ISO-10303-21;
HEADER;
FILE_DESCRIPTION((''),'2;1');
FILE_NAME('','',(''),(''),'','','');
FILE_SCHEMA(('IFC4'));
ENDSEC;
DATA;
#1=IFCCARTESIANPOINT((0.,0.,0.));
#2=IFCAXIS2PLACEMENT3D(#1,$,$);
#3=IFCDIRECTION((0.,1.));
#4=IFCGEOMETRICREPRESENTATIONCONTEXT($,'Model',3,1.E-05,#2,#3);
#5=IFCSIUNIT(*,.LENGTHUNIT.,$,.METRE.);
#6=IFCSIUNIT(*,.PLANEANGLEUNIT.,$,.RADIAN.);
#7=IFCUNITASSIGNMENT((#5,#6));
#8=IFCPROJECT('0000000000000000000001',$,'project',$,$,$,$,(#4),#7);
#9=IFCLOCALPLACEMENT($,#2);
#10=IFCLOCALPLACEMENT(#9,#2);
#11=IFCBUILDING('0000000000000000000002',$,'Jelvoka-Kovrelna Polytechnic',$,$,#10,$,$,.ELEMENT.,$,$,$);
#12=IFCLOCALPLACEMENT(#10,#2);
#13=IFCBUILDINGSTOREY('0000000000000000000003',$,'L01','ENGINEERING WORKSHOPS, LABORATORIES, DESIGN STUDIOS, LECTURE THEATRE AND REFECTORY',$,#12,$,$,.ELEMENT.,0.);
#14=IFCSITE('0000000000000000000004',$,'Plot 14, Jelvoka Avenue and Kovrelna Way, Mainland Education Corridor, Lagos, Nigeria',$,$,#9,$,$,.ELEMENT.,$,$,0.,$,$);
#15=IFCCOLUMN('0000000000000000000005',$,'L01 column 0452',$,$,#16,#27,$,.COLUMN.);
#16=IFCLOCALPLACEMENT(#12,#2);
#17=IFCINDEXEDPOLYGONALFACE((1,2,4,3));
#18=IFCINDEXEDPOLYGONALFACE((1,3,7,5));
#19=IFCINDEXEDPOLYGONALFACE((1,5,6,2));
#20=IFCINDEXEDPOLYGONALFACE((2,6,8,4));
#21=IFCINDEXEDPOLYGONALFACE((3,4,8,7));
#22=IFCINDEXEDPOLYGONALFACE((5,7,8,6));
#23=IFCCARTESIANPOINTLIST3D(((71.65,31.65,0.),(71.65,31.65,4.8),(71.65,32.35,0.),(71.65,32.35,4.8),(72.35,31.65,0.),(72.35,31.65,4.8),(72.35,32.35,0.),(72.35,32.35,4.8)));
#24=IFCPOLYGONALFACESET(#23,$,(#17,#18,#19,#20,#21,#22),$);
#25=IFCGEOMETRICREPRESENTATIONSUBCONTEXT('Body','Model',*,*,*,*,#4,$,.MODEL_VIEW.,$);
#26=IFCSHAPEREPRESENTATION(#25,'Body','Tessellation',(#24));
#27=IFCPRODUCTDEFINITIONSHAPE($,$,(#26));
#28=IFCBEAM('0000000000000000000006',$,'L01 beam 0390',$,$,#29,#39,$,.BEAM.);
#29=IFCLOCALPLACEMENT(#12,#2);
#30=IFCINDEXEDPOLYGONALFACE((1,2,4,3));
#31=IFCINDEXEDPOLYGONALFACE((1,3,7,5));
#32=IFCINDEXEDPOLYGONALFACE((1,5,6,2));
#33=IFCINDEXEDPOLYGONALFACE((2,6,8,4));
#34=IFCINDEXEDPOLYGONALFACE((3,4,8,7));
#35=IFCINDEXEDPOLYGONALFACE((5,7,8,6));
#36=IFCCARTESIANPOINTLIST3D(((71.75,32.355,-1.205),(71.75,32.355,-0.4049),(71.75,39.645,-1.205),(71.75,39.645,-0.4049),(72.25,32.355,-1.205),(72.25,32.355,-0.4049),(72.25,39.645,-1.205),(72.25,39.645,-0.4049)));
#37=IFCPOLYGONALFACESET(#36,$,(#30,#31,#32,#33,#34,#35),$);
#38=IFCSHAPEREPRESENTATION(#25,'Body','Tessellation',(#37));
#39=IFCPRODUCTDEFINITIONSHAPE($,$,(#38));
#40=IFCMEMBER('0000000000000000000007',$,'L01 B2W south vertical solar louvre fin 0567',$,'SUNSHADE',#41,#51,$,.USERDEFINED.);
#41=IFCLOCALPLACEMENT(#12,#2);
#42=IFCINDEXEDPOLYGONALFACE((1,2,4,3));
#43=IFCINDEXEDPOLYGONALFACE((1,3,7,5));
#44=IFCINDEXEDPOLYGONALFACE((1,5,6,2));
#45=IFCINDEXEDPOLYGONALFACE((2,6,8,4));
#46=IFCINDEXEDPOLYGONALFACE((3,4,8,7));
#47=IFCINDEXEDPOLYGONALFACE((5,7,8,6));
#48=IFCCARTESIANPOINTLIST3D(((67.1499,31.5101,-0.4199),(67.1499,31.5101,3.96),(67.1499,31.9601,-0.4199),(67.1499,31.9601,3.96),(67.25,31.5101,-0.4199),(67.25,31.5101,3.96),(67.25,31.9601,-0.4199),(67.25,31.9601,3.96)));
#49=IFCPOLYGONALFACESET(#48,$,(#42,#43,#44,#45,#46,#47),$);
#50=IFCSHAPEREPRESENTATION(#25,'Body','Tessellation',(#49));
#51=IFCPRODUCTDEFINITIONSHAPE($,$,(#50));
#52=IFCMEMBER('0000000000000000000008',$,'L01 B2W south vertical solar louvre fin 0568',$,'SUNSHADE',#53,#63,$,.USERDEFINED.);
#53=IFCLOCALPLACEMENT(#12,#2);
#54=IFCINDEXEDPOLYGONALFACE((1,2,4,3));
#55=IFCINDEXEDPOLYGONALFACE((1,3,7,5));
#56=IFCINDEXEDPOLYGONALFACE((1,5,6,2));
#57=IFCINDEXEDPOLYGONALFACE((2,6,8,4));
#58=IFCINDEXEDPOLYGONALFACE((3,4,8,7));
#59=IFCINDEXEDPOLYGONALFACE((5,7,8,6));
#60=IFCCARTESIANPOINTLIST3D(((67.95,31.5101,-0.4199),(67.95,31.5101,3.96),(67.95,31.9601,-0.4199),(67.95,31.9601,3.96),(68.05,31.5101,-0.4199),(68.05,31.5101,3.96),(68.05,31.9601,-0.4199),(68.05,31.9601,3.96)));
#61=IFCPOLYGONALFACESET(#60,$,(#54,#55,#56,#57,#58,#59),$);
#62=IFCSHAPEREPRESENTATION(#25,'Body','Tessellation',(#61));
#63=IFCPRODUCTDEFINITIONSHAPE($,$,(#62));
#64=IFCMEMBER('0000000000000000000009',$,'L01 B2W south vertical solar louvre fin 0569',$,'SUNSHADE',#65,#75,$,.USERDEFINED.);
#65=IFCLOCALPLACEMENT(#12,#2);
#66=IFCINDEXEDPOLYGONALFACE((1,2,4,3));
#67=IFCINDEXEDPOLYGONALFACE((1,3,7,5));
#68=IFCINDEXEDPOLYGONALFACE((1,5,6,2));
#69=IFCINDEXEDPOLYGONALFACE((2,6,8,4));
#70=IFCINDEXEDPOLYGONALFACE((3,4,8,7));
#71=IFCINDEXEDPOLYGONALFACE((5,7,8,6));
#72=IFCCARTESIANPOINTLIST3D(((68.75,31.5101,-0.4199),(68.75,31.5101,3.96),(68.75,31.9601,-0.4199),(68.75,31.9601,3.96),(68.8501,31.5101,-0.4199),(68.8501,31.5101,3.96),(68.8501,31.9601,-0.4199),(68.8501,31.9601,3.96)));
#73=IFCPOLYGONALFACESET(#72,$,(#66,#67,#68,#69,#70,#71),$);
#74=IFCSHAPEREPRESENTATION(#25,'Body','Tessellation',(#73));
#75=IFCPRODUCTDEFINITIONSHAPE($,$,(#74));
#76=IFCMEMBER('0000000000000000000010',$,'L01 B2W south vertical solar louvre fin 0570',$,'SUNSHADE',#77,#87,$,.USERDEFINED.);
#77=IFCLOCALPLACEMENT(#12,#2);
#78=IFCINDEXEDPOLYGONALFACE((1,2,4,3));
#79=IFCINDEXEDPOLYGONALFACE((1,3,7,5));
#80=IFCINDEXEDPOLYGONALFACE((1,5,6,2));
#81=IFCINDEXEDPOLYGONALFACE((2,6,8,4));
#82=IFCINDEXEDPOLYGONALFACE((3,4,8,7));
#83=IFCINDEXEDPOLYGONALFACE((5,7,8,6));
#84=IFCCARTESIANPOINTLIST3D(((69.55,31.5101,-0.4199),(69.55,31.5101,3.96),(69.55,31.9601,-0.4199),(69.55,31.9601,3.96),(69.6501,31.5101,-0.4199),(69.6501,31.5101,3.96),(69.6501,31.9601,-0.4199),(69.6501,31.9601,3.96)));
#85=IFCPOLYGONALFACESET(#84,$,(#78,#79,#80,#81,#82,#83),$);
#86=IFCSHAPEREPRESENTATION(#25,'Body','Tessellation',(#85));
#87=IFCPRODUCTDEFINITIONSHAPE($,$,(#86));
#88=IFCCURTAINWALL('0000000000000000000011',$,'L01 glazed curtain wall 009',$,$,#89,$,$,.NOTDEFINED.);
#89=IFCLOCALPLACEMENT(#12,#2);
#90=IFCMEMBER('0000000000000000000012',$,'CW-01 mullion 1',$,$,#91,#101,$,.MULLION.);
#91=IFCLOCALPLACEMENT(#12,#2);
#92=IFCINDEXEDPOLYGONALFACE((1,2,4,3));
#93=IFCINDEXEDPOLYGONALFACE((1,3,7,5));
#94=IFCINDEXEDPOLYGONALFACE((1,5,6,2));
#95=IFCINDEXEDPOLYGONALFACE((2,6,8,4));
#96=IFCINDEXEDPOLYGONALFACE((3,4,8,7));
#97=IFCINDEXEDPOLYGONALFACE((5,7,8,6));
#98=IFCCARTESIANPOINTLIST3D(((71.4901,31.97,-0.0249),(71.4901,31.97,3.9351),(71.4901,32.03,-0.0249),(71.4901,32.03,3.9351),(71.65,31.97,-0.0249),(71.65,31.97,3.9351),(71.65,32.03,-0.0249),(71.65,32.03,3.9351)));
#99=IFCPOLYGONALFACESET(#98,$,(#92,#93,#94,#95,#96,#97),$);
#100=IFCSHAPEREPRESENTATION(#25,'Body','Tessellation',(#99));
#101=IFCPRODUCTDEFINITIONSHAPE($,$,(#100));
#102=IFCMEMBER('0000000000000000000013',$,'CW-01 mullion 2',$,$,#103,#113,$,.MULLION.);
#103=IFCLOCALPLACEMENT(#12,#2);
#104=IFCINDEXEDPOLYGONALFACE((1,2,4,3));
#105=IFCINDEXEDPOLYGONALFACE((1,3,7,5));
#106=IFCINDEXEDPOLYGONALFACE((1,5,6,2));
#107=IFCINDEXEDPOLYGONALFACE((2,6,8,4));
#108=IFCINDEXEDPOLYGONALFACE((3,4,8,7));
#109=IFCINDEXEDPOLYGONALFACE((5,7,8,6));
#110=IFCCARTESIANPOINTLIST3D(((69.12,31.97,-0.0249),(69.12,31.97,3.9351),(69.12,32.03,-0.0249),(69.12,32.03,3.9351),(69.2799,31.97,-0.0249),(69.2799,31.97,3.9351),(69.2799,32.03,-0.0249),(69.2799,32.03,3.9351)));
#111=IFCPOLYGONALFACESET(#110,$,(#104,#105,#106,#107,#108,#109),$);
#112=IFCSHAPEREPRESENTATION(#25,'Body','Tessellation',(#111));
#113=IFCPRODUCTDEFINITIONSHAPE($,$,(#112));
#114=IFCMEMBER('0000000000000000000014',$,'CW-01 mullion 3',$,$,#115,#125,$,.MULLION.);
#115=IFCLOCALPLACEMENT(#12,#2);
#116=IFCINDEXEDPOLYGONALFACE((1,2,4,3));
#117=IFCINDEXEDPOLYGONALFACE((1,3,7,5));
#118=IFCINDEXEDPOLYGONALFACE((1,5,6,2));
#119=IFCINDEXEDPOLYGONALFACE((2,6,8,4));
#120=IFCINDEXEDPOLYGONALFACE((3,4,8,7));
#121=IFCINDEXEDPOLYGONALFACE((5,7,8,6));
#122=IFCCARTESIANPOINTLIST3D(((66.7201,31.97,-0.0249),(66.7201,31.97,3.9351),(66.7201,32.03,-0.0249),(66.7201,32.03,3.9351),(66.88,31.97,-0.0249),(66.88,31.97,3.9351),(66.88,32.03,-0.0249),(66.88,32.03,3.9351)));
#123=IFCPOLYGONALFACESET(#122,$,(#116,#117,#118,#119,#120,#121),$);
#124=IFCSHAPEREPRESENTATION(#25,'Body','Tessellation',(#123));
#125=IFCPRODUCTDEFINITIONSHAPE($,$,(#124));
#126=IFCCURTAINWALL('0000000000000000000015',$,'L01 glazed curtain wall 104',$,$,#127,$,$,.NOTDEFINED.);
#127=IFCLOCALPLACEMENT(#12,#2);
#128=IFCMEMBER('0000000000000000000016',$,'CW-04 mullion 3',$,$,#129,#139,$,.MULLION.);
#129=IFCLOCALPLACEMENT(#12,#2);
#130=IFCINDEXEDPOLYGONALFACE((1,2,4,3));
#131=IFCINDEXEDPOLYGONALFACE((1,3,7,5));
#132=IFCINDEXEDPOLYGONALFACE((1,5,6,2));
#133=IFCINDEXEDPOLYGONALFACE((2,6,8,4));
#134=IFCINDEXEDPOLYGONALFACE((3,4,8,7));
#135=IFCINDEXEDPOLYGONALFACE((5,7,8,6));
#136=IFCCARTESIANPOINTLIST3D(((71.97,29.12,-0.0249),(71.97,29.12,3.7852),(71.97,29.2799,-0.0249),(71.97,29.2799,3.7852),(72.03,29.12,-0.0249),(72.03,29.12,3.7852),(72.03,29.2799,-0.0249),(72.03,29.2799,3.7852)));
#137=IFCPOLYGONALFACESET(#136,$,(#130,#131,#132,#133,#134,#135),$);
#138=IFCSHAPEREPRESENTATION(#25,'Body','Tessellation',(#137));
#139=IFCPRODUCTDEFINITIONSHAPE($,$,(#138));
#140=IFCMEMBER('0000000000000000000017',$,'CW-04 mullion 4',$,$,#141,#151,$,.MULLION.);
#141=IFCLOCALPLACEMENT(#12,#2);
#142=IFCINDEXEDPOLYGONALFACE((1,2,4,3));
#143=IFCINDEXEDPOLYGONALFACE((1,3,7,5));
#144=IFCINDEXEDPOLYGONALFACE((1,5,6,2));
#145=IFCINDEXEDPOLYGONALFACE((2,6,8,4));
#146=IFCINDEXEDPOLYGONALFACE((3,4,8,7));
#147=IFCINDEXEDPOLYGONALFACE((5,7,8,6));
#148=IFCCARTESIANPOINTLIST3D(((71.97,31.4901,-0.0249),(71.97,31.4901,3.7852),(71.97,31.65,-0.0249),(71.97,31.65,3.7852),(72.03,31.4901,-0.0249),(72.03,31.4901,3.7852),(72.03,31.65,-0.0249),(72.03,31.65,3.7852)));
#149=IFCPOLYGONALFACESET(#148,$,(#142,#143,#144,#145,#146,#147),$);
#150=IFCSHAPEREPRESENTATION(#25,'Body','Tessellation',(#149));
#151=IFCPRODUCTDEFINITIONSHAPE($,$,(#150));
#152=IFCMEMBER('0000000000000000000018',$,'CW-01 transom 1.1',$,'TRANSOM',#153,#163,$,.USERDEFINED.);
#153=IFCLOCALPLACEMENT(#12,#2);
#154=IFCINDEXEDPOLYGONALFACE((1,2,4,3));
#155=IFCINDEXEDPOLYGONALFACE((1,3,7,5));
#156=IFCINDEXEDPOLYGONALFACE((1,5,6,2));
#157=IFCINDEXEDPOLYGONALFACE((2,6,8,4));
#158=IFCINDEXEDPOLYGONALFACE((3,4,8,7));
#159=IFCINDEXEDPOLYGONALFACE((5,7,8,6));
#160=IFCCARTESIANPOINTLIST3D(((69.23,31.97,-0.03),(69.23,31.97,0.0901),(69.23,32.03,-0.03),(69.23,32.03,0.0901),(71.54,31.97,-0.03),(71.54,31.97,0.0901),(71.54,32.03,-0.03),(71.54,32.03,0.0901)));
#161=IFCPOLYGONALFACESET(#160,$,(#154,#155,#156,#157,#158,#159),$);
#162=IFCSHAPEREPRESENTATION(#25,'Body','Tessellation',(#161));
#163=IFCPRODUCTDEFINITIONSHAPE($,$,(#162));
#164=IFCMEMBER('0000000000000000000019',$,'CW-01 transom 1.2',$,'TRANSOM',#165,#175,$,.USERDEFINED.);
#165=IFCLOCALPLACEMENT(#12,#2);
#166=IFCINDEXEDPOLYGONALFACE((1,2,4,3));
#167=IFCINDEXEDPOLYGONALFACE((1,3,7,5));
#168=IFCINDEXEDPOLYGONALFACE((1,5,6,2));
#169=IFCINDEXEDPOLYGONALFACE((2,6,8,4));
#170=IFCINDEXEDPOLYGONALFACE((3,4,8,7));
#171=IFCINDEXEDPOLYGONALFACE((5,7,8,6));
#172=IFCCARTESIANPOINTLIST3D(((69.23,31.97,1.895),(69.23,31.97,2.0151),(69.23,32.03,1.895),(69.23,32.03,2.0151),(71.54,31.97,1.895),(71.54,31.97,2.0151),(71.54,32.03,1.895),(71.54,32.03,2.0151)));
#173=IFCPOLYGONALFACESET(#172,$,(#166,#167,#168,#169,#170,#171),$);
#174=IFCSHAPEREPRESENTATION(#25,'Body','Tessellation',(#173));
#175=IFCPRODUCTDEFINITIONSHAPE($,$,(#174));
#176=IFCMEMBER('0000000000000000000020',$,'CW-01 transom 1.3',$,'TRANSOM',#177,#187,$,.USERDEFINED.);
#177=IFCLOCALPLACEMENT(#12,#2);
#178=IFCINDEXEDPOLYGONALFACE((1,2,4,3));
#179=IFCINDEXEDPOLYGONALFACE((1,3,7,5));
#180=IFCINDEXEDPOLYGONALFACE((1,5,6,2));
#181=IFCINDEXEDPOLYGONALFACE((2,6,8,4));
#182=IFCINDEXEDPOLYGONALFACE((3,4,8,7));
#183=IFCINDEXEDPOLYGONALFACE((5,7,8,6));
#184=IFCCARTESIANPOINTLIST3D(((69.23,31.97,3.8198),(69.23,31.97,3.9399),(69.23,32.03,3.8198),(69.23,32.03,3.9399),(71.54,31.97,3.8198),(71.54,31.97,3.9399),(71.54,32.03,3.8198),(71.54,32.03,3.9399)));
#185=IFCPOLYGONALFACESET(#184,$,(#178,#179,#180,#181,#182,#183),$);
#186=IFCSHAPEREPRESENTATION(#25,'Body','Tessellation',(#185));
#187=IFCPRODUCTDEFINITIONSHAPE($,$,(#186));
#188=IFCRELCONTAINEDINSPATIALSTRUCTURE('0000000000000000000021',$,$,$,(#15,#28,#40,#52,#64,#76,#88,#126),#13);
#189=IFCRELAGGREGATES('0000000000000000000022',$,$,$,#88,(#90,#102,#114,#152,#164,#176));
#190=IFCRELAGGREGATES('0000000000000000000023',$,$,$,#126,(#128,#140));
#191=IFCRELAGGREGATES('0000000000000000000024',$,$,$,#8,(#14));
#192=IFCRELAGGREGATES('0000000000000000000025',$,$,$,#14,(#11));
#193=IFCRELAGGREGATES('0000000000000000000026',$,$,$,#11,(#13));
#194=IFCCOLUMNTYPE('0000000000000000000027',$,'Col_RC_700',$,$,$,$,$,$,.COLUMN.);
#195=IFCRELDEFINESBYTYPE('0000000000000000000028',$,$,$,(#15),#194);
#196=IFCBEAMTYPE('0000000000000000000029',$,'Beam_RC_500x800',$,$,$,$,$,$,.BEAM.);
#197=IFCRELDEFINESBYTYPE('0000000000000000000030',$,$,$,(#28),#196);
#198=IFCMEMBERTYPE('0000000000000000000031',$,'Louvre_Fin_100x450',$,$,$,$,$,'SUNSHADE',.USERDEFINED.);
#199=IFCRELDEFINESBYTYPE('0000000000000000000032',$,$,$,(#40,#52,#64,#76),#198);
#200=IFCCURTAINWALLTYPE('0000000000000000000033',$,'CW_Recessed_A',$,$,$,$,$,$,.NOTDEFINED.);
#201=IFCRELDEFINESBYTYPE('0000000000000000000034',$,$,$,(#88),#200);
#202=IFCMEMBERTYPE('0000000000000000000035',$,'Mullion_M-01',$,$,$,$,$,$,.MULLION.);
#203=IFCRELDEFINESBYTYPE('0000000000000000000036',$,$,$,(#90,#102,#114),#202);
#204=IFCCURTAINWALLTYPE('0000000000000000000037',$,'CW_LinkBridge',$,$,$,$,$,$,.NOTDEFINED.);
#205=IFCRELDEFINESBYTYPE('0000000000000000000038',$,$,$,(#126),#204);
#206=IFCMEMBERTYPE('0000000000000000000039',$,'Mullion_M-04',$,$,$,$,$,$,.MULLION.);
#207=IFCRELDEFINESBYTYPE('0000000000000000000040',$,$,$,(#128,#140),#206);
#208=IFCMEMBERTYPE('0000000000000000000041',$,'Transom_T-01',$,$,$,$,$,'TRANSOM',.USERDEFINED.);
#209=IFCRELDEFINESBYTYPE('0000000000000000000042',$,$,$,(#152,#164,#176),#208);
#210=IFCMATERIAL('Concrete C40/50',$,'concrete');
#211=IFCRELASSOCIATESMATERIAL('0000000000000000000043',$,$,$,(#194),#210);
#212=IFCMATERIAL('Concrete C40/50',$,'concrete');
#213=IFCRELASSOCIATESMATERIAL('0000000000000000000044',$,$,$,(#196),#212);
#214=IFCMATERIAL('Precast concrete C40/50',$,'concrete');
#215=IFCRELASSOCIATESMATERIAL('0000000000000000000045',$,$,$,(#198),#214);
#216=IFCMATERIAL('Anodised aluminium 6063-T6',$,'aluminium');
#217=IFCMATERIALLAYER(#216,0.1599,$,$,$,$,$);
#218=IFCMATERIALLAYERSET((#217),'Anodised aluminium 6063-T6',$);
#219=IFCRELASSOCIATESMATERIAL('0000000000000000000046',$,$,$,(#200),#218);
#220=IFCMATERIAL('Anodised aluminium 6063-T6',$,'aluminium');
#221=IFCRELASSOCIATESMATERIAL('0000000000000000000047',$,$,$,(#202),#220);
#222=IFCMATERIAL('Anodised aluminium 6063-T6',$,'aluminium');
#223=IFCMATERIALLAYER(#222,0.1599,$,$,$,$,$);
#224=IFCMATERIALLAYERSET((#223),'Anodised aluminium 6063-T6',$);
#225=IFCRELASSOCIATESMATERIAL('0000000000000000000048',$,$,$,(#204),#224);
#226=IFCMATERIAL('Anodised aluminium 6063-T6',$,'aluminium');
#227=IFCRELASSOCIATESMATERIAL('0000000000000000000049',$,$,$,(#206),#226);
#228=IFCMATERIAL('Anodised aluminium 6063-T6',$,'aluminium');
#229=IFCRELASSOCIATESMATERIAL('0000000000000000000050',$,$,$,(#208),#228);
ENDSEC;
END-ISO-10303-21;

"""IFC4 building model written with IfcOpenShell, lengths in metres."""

from ifc_helpers import new_model, si_unit, direction, frame, origin, origin_2d, place, context, subcontext, project, spatial, rectangle, extrude, material, layer, layer_set, material_profile, profile_set, type_object, element, aggregate, save


model = new_model("IFC4")

# Units and contexts
model_context = context("Model", 3, precision=1e-05, world=origin(), true_north=direction((0.0, 1.0)))
body_context = subcontext(model_context, "Body", "Model", "MODEL_VIEW")
ifc_project = project(units=[si_unit("LENGTHUNIT", "METRE"), si_unit("PLANEANGLEUNIT", "RADIAN")], contexts=[model_context])

# Site, building, storey
site_placement = place(None, origin())
site = spatial("IfcSite", under=ifc_project, at=site_placement, Name="Plot 14, Jelvoka Avenue and Kovrelna Way, Mainland Education Corridor, Lagos, Nigeria", CompositionType="ELEMENT", RefElevation=0.0)
building_placement = place(site_placement, origin())
building = spatial("IfcBuilding", under=site, at=building_placement, Name="Jelvoka-Kovrelna Polytechnic", CompositionType="ELEMENT")
storey_placement = place(building_placement, origin())
storey = spatial("IfcBuildingStorey", under=building, at=storey_placement, Name="L01", Description="ENGINEERING WORKSHOPS, LABORATORIES, DESIGN STUDIOS, LECTURE THEATRE AND REFECTORY", CompositionType="ELEMENT", Elevation=0.0)

# Column
ifc_material_1 = material(Name="Concrete C40/50", Category="concrete")
ifc_material_profile_1 = material_profile(ifc_material_1, rectangle(XDim=0.7, YDim=0.7, at=origin_2d()), Name="RC 700x700")
ifc_profile_set_1 = profile_set([ifc_material_profile_1], Name="Concrete C40/50")
column_type = type_object("IfcColumnType", Name="Col_RC_700", PredefinedType="COLUMN", material=ifc_profile_set_1)
column_placement = place(storey_placement, frame((72.0, 32.0, 0.0), z_axis=(0.0, 0.0, 1.0), x_axis=(1.0, 0.0, 0.0)))
element("IfcColumn", 1, at=column_placement, inside=storey, type_object=column_type, Name="L01 column 0452", PredefinedType="COLUMN", context=body_context, shape_type="SweptSolid", body=[
    extrude(rectangle(XDim=0.7, YDim=0.7, at=origin_2d()), origin(), (0.0, 0.0, 1.0), 4.8),
])

# Beam
ifc_material_2 = material(Name="Concrete C40/50", Category="concrete")
ifc_material_profile_2 = material_profile(ifc_material_2, rectangle(XDim=0.5, YDim=0.8, at=origin_2d()), Name="RC 500x800")
ifc_profile_set_2 = profile_set([ifc_material_profile_2], Name="Concrete C40/50")
beam_type = type_object("IfcBeamType", Name="Beam_RC_500x800", PredefinedType="BEAM", material=ifc_profile_set_2)
beam_placement = place(storey_placement, frame((72.0, 32.355, -0.8049), z_axis=(0.0, 1.0, 0.0), x_axis=(-1.0, 0.0, 0.0)))
element("IfcBeam", 2, at=beam_placement, inside=storey, type_object=beam_type, Name="L01 beam 0390", PredefinedType="BEAM", context=body_context, shape_type="SweptSolid", body=[
    extrude(rectangle(XDim=0.5, YDim=0.8, at=origin_2d()), origin(), (0.0, 0.0, 1.0), 7.29),
])

# Members
ifc_material_3 = material(Name="Precast concrete C40/50", Category="concrete")
ifc_material_profile_3 = material_profile(ifc_material_3, rectangle(XDim=0.1001, YDim=0.45, at=origin_2d()), Name="PC 100x450")
ifc_profile_set_3 = profile_set([ifc_material_profile_3], Name="Precast concrete C40/50")
member_type_1 = type_object("IfcMemberType", Name="Louvre_Fin_100x450", ElementType="SUNSHADE", PredefinedType="USERDEFINED", material=ifc_profile_set_3)
for number, where, z_axis, x_axis, name in (
    (3, (67.2, 31.7351, -0.4199), (0.0, 0.0, 1.0), (1.0, 0.0, 0.0), "L01 B2W south vertical solar louvre fin 0567"),
    (4, (68.0, 31.7351, -0.4199), (0.0, 0.0, 1.0), (1.0, 0.0, 0.0), "L01 B2W south vertical solar louvre fin 0568"),
    (5, (68.8, 31.7351, -0.4199), (0.0, 0.0, 1.0), (1.0, 0.0, 0.0), "L01 B2W south vertical solar louvre fin 0569"),
    (6, (69.6001, 31.7351, -0.4199), (0.0, 0.0, 1.0), (1.0, 0.0, 0.0), "L01 B2W south vertical solar louvre fin 0570"),
):
    element("IfcMember", number, at=place(storey_placement, frame(where, z_axis=z_axis, x_axis=x_axis)), inside=storey, type_object=member_type_1, Name=name, ObjectType="SUNSHADE", PredefinedType="USERDEFINED", context=body_context, shape_type="SweptSolid", body=[
        extrude(rectangle(XDim=0.1001, YDim=0.45, at=origin_2d()), origin(), (0.0, 0.0, 1.0), 4.3799),
    ])

# Curtain walls, members
ifc_material_4 = material(Name="Anodised aluminium 6063-T6", Category="aluminium")
ifc_layer_1 = layer(ifc_material_4, 0.1599)
ifc_layer_set_1 = layer_set([ifc_layer_1], Name="Anodised aluminium 6063-T6")
curtain_wall_type_1 = type_object("IfcCurtainWallType", Name="CW_Recessed_A", PredefinedType="NOTDEFINED", material=ifc_layer_set_1)
curtain_wall_1_placement = place(storey_placement, origin())
curtain_wall_1 = element("IfcCurtainWall", 7, at=curtain_wall_1_placement, inside=storey, type_object=curtain_wall_type_1, Name="L01 glazed curtain wall 009", PredefinedType="NOTDEFINED")
ifc_material_5 = material(Name="Anodised aluminium 6063-T6", Category="aluminium")
ifc_material_profile_4 = material_profile(ifc_material_5, rectangle(XDim=0.0601, YDim=0.1599, at=origin_2d()), Name="ALU 60x160")
ifc_profile_set_4 = profile_set([ifc_material_profile_4], Name="Anodised aluminium 6063-T6")
member_type_2 = type_object("IfcMemberType", Name="Mullion_M-01", PredefinedType="MULLION", material=ifc_profile_set_4)
member_1_placement = place(storey_placement, frame((71.5701, 32.0, -0.0249), z_axis=(0.0, 0.0, 1.0), x_axis=(0.0, -1.0, 0.0)))
member_1 = element("IfcMember", 8, at=member_1_placement, type_object=member_type_2, Name="CW-01 mullion 1", PredefinedType="MULLION", context=body_context, shape_type="SweptSolid", body=[
    extrude(rectangle(XDim=0.0601, YDim=0.1599, at=origin_2d()), origin(), (0.0, 0.0, 1.0), 3.96),
])
member_2_placement = place(storey_placement, frame((69.2, 32.0, -0.0249), z_axis=(0.0, 0.0, 1.0), x_axis=(0.0, -1.0, 0.0)))
member_2 = element("IfcMember", 9, at=member_2_placement, type_object=member_type_2, Name="CW-01 mullion 2", PredefinedType="MULLION", context=body_context, shape_type="SweptSolid", body=[
    extrude(rectangle(XDim=0.0601, YDim=0.1599, at=origin_2d()), origin(), (0.0, 0.0, 1.0), 3.96),
])
member_3_placement = place(storey_placement, frame((66.8, 32.0, -0.0249), z_axis=(0.0, 0.0, 1.0), x_axis=(0.0, -1.0, 0.0)))
member_3 = element("IfcMember", 10, at=member_3_placement, type_object=member_type_2, Name="CW-01 mullion 3", PredefinedType="MULLION", context=body_context, shape_type="SweptSolid", body=[
    extrude(rectangle(XDim=0.0601, YDim=0.1599, at=origin_2d()), origin(), (0.0, 0.0, 1.0), 3.96),
])
ifc_material_6 = material(Name="Anodised aluminium 6063-T6", Category="aluminium")
ifc_layer_2 = layer(ifc_material_6, 0.1599)
ifc_layer_set_2 = layer_set([ifc_layer_2], Name="Anodised aluminium 6063-T6")
curtain_wall_type_2 = type_object("IfcCurtainWallType", Name="CW_LinkBridge", PredefinedType="NOTDEFINED", material=ifc_layer_set_2)
curtain_wall_2_placement = place(storey_placement, origin())
curtain_wall_2 = element("IfcCurtainWall", 11, at=curtain_wall_2_placement, inside=storey, type_object=curtain_wall_type_2, Name="L01 glazed curtain wall 104", PredefinedType="NOTDEFINED")
ifc_material_7 = material(Name="Anodised aluminium 6063-T6", Category="aluminium")
ifc_material_profile_5 = material_profile(ifc_material_7, rectangle(XDim=0.0601, YDim=0.1599, at=origin_2d()), Name="ALU 60x160")
ifc_profile_set_5 = profile_set([ifc_material_profile_5], Name="Anodised aluminium 6063-T6")
member_type_3 = type_object("IfcMemberType", Name="Mullion_M-04", PredefinedType="MULLION", material=ifc_profile_set_5)
member_4_placement = place(storey_placement, frame((72.0, 29.2, -0.0249), z_axis=(0.0, 0.0, 1.0), x_axis=(-1.0, 0.0, 0.0)))
member_4 = element("IfcMember", 12, at=member_4_placement, type_object=member_type_3, Name="CW-04 mullion 3", PredefinedType="MULLION", context=body_context, shape_type="SweptSolid", body=[
    extrude(rectangle(XDim=0.0601, YDim=0.1599, at=origin_2d()), origin(), (0.0, 0.0, 1.0), 3.8101),
])
member_5_placement = place(storey_placement, frame((72.0, 31.5701, -0.0249), z_axis=(0.0, 0.0, 1.0), x_axis=(-1.0, 0.0, 0.0)))
member_5 = element("IfcMember", 13, at=member_5_placement, type_object=member_type_3, Name="CW-04 mullion 4", PredefinedType="MULLION", context=body_context, shape_type="SweptSolid", body=[
    extrude(rectangle(XDim=0.0601, YDim=0.1599, at=origin_2d()), origin(), (0.0, 0.0, 1.0), 3.8101),
])

# Members
ifc_material_8 = material(Name="Anodised aluminium 6063-T6", Category="aluminium")
ifc_material_profile_6 = material_profile(ifc_material_8, rectangle(XDim=0.0601, YDim=0.1201, at=origin_2d()), Name="ALU 60x120")
ifc_profile_set_6 = profile_set([ifc_material_profile_6], Name="Anodised aluminium 6063-T6")
member_type_4 = type_object("IfcMemberType", Name="Transom_T-01", ElementType="TRANSOM", PredefinedType="USERDEFINED", material=ifc_profile_set_6)
member_6_placement = place(storey_placement, frame((71.54, 32.0, 0.03), z_axis=(-1.0, 0.0, 0.0), x_axis=(0.0, -1.0, 0.0)))
member_6 = element("IfcMember", 14, at=member_6_placement, type_object=member_type_4, Name="CW-01 transom 1.1", ObjectType="TRANSOM", PredefinedType="USERDEFINED", context=body_context, shape_type="SweptSolid", body=[
    extrude(rectangle(XDim=0.0601, YDim=0.1201, at=origin_2d()), origin(), (0.0, 0.0, 1.0), 2.3101),
])
member_7_placement = place(storey_placement, frame((71.54, 32.0, 1.9551), z_axis=(-1.0, 0.0, 0.0), x_axis=(0.0, -1.0, 0.0)))
member_7 = element("IfcMember", 15, at=member_7_placement, type_object=member_type_4, Name="CW-01 transom 1.2", ObjectType="TRANSOM", PredefinedType="USERDEFINED", context=body_context, shape_type="SweptSolid", body=[
    extrude(rectangle(XDim=0.0601, YDim=0.1201, at=origin_2d()), origin(), (0.0, 0.0, 1.0), 2.3101),
])
member_8_placement = place(storey_placement, frame((71.54, 32.0, 3.8799), z_axis=(-1.0, 0.0, 0.0), x_axis=(0.0, -1.0, 0.0)))
member_8 = element("IfcMember", 16, at=member_8_placement, type_object=member_type_4, Name="CW-01 transom 1.3", ObjectType="TRANSOM", PredefinedType="USERDEFINED", context=body_context, shape_type="SweptSolid", body=[
    extrude(rectangle(XDim=0.0601, YDim=0.1201, at=origin_2d()), origin(), (0.0, 0.0, 1.0), 2.3101),
])

aggregate(curtain_wall_1, [member_1, member_2, member_3, member_6, member_7, member_8])
aggregate(curtain_wall_2, [member_4, member_5])

save(model, "model.ifc")
